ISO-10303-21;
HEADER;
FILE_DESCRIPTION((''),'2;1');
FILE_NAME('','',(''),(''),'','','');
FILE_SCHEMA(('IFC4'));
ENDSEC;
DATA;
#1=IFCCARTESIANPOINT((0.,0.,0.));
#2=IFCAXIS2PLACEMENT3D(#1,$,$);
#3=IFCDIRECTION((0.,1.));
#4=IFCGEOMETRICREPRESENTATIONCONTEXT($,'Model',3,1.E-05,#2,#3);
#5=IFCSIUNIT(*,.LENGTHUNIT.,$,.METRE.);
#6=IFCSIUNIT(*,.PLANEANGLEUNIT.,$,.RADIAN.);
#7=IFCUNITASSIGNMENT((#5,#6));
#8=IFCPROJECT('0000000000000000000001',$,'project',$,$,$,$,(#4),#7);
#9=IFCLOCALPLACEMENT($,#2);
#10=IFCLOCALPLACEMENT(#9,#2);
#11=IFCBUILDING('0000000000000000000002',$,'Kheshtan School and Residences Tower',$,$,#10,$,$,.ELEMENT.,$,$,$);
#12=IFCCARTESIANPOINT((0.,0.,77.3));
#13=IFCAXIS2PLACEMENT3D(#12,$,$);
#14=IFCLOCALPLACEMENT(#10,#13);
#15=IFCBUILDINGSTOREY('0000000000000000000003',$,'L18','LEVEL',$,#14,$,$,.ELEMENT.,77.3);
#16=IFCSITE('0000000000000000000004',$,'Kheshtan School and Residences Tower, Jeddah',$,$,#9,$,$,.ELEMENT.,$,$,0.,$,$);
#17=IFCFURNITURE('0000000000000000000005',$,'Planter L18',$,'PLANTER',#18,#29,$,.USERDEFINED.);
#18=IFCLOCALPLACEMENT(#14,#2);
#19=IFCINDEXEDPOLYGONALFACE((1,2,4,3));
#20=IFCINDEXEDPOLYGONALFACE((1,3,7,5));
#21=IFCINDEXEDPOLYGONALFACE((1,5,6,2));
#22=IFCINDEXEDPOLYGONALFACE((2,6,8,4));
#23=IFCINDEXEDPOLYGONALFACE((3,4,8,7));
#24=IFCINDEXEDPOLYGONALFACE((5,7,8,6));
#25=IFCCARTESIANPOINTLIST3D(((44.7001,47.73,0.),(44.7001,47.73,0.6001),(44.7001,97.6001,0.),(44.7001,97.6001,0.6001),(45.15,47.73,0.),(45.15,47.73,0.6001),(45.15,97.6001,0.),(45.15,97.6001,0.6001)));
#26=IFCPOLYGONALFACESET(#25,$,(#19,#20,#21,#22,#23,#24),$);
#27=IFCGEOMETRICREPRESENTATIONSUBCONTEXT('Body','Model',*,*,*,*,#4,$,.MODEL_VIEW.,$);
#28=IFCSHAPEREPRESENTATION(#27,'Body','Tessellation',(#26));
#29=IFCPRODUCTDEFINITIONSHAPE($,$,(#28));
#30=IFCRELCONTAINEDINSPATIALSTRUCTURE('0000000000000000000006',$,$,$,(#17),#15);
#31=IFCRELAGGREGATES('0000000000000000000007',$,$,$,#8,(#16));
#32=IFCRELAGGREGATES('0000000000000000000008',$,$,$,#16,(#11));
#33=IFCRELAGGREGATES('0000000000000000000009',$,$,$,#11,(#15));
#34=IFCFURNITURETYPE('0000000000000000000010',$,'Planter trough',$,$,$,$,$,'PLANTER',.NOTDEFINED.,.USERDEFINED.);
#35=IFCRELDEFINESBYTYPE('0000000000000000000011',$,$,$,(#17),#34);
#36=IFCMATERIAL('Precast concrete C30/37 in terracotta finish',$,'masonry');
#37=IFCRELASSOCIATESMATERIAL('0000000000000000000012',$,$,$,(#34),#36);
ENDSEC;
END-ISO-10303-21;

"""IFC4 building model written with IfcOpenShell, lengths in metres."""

from ifc_helpers import new_model, si_unit, direction, frame, origin, origin_2d, place, context, subcontext, project, spatial, rectangle, extrude, material, type_object, element, save


model = new_model("IFC4")

# Units and contexts
model_context = context("Model", 3, precision=1e-05, world=origin(), true_north=direction((0.0, 1.0)))
body_context = subcontext(model_context, "Body", "Model", "MODEL_VIEW")
ifc_project = project(units=[si_unit("LENGTHUNIT", "METRE"), si_unit("PLANEANGLEUNIT", "RADIAN")], contexts=[model_context])

# Site, building, storey
site_placement = place(None, origin())
site = spatial("IfcSite", under=ifc_project, at=site_placement, Name="Kheshtan School and Residences Tower, Jeddah", CompositionType="ELEMENT", RefElevation=0.0)
building_placement = place(site_placement, origin())
building = spatial("IfcBuilding", under=site, at=building_placement, Name="Kheshtan School and Residences Tower", CompositionType="ELEMENT")
storey_placement = place(building_placement, frame((0.0, 0.0, 77.3)))
storey = spatial("IfcBuildingStorey", under=building, at=storey_placement, Name="L18", Description="LEVEL", CompositionType="ELEMENT", Elevation=77.3)

# Furniture
ifc_material_1 = material(Name="Precast concrete C30/37 in terracotta finish", Category="masonry")
furniture_type = type_object("IfcFurnitureType", Name="Planter trough", ElementType="PLANTER", AssemblyPlace="NOTDEFINED", PredefinedType="USERDEFINED", material=ifc_material_1)
furniture_placement = place(storey_placement, frame((44.925, 72.665, 0.0), z_axis=(0.0, 0.0, 1.0), x_axis=(0.0, -1.0, 0.0)))
element("IfcFurniture", 1, at=furniture_placement, inside=storey, type_object=furniture_type, Name="Planter L18", ObjectType="PLANTER", PredefinedType="USERDEFINED", context=body_context, shape_type="SweptSolid", body=[
    extrude(rectangle(XDim=49.8701, YDim=0.45, at=origin_2d()), origin(), (0.0, 0.0, 1.0), 0.6001),
])

save(model, "model.ifc")
